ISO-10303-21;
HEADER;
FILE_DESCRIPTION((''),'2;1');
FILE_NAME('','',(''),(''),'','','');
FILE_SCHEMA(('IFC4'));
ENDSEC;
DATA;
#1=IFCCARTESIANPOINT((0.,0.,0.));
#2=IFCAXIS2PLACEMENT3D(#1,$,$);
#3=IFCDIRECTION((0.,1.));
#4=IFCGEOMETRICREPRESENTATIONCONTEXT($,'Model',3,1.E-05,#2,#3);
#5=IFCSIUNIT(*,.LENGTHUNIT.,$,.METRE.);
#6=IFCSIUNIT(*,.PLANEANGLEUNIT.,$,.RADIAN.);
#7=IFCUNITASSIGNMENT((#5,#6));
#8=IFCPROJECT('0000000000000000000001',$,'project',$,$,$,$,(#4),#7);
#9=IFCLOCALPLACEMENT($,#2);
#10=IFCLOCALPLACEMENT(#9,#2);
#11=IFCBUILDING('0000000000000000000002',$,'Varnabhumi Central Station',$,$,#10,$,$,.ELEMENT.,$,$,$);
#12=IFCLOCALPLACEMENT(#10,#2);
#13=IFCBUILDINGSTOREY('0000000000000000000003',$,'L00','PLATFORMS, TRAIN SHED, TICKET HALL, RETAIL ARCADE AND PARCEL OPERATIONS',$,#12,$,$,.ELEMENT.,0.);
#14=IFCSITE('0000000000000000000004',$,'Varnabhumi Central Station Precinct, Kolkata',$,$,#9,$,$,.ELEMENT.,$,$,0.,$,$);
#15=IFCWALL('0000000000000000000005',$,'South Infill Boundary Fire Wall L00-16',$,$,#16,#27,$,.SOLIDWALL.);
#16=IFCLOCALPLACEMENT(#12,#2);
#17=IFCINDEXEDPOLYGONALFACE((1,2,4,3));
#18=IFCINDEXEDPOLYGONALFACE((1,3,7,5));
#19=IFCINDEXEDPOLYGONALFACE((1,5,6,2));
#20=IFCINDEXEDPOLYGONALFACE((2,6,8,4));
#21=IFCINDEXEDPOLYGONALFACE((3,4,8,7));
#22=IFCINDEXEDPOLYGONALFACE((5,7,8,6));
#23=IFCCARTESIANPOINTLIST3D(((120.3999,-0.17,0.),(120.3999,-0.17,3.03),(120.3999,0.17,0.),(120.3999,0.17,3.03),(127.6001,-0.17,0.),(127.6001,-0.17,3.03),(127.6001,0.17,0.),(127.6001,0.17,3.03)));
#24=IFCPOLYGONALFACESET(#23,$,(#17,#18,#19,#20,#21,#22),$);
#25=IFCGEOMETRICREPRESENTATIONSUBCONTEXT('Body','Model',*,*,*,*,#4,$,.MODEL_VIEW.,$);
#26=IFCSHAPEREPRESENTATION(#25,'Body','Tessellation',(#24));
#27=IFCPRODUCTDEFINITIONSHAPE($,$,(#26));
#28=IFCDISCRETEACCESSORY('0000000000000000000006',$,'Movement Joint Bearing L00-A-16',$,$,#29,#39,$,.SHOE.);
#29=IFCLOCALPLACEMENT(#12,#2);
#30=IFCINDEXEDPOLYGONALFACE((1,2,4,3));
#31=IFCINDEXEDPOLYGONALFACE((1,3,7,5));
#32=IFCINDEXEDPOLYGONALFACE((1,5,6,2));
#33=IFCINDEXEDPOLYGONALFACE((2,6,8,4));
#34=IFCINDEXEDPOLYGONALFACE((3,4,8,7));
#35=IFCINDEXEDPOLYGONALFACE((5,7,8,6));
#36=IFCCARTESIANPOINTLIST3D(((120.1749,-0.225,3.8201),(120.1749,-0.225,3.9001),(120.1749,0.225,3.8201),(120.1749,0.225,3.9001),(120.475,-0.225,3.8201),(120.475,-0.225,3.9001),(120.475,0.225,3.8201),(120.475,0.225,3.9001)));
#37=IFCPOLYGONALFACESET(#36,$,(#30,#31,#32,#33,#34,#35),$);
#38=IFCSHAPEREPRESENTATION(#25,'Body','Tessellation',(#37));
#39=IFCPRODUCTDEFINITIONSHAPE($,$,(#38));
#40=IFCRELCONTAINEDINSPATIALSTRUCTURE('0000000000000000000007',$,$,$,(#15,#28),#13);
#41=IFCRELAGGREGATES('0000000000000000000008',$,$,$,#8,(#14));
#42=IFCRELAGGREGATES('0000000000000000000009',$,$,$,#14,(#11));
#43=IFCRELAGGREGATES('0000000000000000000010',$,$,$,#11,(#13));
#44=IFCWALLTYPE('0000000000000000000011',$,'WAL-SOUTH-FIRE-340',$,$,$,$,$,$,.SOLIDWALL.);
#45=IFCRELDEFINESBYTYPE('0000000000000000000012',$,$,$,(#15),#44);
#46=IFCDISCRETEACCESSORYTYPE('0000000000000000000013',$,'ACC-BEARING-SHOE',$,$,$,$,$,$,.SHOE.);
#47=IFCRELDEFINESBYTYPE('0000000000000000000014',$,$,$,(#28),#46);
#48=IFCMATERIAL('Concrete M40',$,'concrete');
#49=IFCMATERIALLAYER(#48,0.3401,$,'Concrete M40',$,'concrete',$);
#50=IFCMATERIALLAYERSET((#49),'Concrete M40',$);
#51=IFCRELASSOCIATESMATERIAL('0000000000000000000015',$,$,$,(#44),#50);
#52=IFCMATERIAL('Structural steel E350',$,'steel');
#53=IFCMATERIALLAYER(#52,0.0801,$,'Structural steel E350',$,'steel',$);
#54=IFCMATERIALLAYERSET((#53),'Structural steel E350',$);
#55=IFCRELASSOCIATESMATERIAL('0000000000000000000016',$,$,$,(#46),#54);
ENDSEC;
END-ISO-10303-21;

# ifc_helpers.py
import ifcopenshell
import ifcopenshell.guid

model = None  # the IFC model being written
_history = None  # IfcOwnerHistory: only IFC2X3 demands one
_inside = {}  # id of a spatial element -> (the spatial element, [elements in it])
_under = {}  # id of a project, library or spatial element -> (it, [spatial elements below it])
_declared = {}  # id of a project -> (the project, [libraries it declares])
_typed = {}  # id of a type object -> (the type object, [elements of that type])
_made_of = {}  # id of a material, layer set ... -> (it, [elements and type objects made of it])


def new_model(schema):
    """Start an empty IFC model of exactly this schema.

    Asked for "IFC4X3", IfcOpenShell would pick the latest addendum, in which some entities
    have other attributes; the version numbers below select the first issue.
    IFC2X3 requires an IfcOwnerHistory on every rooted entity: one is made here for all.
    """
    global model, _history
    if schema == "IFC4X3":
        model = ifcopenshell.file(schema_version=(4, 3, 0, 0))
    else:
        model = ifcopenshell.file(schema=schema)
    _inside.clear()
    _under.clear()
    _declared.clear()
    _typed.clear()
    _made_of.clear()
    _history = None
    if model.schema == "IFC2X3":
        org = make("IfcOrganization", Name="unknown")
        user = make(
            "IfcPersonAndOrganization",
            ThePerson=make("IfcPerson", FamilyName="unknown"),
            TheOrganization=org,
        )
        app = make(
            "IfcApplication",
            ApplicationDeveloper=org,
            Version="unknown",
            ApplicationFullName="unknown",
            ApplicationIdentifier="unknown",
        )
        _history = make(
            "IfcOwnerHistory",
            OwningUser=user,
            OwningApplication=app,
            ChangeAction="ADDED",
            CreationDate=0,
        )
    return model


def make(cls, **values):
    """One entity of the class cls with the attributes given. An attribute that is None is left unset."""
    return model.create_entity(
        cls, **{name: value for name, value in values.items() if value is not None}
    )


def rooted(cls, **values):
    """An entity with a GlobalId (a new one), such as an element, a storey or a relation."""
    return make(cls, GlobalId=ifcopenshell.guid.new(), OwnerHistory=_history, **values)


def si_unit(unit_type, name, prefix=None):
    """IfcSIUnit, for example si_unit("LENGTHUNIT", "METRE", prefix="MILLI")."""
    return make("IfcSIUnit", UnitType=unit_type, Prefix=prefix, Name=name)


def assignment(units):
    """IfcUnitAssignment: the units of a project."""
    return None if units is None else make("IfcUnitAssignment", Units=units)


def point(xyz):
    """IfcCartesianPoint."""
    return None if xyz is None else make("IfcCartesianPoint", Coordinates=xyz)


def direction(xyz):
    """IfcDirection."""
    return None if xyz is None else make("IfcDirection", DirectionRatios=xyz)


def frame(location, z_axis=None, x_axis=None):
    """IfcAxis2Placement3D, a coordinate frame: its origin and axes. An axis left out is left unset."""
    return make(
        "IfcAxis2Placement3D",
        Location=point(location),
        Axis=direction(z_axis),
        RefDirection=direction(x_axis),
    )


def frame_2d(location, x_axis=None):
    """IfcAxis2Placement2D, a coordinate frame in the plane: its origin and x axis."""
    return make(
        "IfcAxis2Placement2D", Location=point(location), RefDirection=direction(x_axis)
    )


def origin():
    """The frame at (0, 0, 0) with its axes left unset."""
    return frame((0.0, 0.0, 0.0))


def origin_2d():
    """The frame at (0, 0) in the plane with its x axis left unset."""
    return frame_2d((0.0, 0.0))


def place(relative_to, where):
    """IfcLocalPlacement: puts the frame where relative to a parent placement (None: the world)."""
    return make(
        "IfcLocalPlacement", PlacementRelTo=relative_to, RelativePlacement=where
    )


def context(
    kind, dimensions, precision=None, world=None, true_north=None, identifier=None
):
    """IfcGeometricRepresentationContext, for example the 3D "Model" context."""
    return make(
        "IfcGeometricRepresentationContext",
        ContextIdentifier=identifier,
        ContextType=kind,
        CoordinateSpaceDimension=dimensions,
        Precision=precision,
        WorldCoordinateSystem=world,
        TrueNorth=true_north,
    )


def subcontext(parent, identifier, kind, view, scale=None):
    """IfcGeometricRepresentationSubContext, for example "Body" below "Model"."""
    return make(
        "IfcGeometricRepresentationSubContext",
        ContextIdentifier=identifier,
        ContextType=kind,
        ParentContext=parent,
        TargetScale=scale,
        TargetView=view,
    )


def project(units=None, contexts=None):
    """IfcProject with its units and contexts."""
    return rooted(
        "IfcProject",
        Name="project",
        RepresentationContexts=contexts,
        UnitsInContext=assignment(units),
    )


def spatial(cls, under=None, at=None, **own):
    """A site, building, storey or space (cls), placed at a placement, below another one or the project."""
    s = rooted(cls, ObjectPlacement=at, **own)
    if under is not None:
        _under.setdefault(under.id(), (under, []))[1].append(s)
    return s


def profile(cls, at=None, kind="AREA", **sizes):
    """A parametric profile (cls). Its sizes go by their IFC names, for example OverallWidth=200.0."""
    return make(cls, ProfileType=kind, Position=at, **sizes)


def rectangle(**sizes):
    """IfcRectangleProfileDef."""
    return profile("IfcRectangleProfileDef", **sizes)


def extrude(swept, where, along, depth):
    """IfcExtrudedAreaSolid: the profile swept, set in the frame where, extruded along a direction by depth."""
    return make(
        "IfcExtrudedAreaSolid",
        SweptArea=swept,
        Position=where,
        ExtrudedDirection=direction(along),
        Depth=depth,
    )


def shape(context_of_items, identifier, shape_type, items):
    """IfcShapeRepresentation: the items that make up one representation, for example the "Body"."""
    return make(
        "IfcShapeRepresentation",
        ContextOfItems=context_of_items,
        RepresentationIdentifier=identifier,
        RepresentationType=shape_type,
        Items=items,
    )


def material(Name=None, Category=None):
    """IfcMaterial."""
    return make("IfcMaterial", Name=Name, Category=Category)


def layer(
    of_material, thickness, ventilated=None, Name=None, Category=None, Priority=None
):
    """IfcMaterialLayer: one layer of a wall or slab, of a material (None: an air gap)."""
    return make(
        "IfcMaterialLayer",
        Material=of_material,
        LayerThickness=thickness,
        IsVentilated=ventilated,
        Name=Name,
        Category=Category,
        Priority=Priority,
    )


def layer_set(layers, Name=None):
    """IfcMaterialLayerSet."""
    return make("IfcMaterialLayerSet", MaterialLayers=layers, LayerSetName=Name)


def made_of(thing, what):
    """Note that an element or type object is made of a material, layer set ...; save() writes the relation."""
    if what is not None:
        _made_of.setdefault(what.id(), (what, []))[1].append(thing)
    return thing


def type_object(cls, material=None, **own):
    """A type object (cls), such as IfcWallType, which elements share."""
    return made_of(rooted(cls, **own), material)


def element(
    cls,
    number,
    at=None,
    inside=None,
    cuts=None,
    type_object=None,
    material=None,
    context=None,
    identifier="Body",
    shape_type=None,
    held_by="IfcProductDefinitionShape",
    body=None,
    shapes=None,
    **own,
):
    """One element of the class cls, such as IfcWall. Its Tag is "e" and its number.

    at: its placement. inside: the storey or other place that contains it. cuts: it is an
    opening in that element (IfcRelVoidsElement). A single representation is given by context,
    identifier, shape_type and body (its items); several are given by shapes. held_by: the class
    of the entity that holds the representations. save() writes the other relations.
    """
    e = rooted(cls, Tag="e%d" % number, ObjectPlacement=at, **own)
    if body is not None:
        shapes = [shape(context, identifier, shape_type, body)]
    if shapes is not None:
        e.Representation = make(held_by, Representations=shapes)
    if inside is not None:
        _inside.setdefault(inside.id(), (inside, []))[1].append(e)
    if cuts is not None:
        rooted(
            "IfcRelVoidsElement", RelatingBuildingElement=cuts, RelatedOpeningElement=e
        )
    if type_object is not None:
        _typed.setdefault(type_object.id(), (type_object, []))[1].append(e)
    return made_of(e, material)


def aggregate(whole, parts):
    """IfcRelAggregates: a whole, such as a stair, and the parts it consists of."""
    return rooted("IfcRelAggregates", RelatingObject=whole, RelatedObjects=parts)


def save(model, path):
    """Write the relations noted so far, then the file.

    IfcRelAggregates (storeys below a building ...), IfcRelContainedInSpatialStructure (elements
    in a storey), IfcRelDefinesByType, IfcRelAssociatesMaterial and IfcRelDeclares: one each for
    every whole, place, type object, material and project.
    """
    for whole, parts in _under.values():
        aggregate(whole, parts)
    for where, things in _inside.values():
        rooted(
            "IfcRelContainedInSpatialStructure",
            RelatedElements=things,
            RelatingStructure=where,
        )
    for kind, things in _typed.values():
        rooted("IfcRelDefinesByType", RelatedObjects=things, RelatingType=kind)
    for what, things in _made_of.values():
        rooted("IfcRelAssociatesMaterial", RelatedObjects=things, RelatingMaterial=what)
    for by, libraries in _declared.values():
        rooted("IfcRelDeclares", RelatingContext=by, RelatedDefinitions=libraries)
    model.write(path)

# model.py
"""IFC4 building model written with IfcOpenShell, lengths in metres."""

from ifc_helpers import new_model, si_unit, direction, frame, frame_2d, origin, origin_2d, place, context, subcontext, project, spatial, rectangle, extrude, material, layer, layer_set, type_object, element, save


model = new_model("IFC4")

# Units and contexts
model_context = context("Model", 3, precision=1e-05, world=origin(), true_north=direction((0.0, 1.0)))
body_context = subcontext(model_context, "Body", "Model", "MODEL_VIEW")
ifc_project = project(units=[si_unit("LENGTHUNIT", "METRE"), si_unit("PLANEANGLEUNIT", "RADIAN")], contexts=[model_context])

# Site, building, storey
site_placement = place(None, origin())
site = spatial("IfcSite", under=ifc_project, at=site_placement, Name="Varnabhumi Central Station Precinct, Kolkata", CompositionType="ELEMENT", RefElevation=0.0)
building_placement = place(site_placement, origin())
building = spatial("IfcBuilding", under=site, at=building_placement, Name="Varnabhumi Central Station", CompositionType="ELEMENT")
storey_placement = place(building_placement, origin())
storey = spatial("IfcBuildingStorey", under=building, at=storey_placement, Name="L00", Description="PLATFORMS, TRAIN SHED, TICKET HALL, RETAIL ARCADE AND PARCEL OPERATIONS", CompositionType="ELEMENT", Elevation=0.0)

# Shared definitions
ifc_material_1 = material(Name="Concrete M40", Category="concrete")

# Shared definitions
ifc_material_2 = material(Name="Structural steel E350", Category="steel")

# Wall
ifc_layer_1 = layer(ifc_material_1, 0.3401, Name="Concrete M40", Category="concrete")
ifc_layer_set_1 = layer_set([ifc_layer_1], Name="Concrete M40")
wall_type = type_object("IfcWallType", Name="WAL-SOUTH-FIRE-340", PredefinedType="SOLIDWALL", material=ifc_layer_set_1)
wall_placement = place(storey_placement, frame((120.3999, 0.0, 0.0), z_axis=(0.0, 0.0, 1.0), x_axis=(1.0, 0.0, 0.0)))
element("IfcWall", 1, at=wall_placement, inside=storey, type_object=wall_type, Name="South Infill Boundary Fire Wall L00-16", PredefinedType="SOLIDWALL", context=body_context, shape_type="SweptSolid", body=[
    extrude(rectangle(XDim=7.2002, YDim=0.3401, at=frame_2d((3.6001, 0.0))), origin(), (0.0, 0.0, 1.0), 3.03),
])

# Discrete accessory
ifc_layer_2 = layer(ifc_material_2, 0.0801, Name="Structural steel E350", Category="steel")
ifc_layer_set_2 = layer_set([ifc_layer_2], Name="Structural steel E350")
discrete_accessory_type = type_object("IfcDiscreteAccessoryType", Name="ACC-BEARING-SHOE", PredefinedType="SHOE", material=ifc_layer_set_2)
discrete_accessory_placement = place(storey_placement, frame((120.325, 0.0, 3.8201), z_axis=(0.0, 0.0, 1.0), x_axis=(1.0, 0.0, 0.0)))
element("IfcDiscreteAccessory", 2, at=discrete_accessory_placement, inside=storey, type_object=discrete_accessory_type, Name="Movement Joint Bearing L00-A-16", PredefinedType="SHOE", context=body_context, shape_type="SweptSolid", body=[
    extrude(rectangle(XDim=0.3, YDim=0.45, at=origin_2d()), origin(), (0.0, 0.0, 1.0), 0.0801),
])

save(model, "model.ifc")
